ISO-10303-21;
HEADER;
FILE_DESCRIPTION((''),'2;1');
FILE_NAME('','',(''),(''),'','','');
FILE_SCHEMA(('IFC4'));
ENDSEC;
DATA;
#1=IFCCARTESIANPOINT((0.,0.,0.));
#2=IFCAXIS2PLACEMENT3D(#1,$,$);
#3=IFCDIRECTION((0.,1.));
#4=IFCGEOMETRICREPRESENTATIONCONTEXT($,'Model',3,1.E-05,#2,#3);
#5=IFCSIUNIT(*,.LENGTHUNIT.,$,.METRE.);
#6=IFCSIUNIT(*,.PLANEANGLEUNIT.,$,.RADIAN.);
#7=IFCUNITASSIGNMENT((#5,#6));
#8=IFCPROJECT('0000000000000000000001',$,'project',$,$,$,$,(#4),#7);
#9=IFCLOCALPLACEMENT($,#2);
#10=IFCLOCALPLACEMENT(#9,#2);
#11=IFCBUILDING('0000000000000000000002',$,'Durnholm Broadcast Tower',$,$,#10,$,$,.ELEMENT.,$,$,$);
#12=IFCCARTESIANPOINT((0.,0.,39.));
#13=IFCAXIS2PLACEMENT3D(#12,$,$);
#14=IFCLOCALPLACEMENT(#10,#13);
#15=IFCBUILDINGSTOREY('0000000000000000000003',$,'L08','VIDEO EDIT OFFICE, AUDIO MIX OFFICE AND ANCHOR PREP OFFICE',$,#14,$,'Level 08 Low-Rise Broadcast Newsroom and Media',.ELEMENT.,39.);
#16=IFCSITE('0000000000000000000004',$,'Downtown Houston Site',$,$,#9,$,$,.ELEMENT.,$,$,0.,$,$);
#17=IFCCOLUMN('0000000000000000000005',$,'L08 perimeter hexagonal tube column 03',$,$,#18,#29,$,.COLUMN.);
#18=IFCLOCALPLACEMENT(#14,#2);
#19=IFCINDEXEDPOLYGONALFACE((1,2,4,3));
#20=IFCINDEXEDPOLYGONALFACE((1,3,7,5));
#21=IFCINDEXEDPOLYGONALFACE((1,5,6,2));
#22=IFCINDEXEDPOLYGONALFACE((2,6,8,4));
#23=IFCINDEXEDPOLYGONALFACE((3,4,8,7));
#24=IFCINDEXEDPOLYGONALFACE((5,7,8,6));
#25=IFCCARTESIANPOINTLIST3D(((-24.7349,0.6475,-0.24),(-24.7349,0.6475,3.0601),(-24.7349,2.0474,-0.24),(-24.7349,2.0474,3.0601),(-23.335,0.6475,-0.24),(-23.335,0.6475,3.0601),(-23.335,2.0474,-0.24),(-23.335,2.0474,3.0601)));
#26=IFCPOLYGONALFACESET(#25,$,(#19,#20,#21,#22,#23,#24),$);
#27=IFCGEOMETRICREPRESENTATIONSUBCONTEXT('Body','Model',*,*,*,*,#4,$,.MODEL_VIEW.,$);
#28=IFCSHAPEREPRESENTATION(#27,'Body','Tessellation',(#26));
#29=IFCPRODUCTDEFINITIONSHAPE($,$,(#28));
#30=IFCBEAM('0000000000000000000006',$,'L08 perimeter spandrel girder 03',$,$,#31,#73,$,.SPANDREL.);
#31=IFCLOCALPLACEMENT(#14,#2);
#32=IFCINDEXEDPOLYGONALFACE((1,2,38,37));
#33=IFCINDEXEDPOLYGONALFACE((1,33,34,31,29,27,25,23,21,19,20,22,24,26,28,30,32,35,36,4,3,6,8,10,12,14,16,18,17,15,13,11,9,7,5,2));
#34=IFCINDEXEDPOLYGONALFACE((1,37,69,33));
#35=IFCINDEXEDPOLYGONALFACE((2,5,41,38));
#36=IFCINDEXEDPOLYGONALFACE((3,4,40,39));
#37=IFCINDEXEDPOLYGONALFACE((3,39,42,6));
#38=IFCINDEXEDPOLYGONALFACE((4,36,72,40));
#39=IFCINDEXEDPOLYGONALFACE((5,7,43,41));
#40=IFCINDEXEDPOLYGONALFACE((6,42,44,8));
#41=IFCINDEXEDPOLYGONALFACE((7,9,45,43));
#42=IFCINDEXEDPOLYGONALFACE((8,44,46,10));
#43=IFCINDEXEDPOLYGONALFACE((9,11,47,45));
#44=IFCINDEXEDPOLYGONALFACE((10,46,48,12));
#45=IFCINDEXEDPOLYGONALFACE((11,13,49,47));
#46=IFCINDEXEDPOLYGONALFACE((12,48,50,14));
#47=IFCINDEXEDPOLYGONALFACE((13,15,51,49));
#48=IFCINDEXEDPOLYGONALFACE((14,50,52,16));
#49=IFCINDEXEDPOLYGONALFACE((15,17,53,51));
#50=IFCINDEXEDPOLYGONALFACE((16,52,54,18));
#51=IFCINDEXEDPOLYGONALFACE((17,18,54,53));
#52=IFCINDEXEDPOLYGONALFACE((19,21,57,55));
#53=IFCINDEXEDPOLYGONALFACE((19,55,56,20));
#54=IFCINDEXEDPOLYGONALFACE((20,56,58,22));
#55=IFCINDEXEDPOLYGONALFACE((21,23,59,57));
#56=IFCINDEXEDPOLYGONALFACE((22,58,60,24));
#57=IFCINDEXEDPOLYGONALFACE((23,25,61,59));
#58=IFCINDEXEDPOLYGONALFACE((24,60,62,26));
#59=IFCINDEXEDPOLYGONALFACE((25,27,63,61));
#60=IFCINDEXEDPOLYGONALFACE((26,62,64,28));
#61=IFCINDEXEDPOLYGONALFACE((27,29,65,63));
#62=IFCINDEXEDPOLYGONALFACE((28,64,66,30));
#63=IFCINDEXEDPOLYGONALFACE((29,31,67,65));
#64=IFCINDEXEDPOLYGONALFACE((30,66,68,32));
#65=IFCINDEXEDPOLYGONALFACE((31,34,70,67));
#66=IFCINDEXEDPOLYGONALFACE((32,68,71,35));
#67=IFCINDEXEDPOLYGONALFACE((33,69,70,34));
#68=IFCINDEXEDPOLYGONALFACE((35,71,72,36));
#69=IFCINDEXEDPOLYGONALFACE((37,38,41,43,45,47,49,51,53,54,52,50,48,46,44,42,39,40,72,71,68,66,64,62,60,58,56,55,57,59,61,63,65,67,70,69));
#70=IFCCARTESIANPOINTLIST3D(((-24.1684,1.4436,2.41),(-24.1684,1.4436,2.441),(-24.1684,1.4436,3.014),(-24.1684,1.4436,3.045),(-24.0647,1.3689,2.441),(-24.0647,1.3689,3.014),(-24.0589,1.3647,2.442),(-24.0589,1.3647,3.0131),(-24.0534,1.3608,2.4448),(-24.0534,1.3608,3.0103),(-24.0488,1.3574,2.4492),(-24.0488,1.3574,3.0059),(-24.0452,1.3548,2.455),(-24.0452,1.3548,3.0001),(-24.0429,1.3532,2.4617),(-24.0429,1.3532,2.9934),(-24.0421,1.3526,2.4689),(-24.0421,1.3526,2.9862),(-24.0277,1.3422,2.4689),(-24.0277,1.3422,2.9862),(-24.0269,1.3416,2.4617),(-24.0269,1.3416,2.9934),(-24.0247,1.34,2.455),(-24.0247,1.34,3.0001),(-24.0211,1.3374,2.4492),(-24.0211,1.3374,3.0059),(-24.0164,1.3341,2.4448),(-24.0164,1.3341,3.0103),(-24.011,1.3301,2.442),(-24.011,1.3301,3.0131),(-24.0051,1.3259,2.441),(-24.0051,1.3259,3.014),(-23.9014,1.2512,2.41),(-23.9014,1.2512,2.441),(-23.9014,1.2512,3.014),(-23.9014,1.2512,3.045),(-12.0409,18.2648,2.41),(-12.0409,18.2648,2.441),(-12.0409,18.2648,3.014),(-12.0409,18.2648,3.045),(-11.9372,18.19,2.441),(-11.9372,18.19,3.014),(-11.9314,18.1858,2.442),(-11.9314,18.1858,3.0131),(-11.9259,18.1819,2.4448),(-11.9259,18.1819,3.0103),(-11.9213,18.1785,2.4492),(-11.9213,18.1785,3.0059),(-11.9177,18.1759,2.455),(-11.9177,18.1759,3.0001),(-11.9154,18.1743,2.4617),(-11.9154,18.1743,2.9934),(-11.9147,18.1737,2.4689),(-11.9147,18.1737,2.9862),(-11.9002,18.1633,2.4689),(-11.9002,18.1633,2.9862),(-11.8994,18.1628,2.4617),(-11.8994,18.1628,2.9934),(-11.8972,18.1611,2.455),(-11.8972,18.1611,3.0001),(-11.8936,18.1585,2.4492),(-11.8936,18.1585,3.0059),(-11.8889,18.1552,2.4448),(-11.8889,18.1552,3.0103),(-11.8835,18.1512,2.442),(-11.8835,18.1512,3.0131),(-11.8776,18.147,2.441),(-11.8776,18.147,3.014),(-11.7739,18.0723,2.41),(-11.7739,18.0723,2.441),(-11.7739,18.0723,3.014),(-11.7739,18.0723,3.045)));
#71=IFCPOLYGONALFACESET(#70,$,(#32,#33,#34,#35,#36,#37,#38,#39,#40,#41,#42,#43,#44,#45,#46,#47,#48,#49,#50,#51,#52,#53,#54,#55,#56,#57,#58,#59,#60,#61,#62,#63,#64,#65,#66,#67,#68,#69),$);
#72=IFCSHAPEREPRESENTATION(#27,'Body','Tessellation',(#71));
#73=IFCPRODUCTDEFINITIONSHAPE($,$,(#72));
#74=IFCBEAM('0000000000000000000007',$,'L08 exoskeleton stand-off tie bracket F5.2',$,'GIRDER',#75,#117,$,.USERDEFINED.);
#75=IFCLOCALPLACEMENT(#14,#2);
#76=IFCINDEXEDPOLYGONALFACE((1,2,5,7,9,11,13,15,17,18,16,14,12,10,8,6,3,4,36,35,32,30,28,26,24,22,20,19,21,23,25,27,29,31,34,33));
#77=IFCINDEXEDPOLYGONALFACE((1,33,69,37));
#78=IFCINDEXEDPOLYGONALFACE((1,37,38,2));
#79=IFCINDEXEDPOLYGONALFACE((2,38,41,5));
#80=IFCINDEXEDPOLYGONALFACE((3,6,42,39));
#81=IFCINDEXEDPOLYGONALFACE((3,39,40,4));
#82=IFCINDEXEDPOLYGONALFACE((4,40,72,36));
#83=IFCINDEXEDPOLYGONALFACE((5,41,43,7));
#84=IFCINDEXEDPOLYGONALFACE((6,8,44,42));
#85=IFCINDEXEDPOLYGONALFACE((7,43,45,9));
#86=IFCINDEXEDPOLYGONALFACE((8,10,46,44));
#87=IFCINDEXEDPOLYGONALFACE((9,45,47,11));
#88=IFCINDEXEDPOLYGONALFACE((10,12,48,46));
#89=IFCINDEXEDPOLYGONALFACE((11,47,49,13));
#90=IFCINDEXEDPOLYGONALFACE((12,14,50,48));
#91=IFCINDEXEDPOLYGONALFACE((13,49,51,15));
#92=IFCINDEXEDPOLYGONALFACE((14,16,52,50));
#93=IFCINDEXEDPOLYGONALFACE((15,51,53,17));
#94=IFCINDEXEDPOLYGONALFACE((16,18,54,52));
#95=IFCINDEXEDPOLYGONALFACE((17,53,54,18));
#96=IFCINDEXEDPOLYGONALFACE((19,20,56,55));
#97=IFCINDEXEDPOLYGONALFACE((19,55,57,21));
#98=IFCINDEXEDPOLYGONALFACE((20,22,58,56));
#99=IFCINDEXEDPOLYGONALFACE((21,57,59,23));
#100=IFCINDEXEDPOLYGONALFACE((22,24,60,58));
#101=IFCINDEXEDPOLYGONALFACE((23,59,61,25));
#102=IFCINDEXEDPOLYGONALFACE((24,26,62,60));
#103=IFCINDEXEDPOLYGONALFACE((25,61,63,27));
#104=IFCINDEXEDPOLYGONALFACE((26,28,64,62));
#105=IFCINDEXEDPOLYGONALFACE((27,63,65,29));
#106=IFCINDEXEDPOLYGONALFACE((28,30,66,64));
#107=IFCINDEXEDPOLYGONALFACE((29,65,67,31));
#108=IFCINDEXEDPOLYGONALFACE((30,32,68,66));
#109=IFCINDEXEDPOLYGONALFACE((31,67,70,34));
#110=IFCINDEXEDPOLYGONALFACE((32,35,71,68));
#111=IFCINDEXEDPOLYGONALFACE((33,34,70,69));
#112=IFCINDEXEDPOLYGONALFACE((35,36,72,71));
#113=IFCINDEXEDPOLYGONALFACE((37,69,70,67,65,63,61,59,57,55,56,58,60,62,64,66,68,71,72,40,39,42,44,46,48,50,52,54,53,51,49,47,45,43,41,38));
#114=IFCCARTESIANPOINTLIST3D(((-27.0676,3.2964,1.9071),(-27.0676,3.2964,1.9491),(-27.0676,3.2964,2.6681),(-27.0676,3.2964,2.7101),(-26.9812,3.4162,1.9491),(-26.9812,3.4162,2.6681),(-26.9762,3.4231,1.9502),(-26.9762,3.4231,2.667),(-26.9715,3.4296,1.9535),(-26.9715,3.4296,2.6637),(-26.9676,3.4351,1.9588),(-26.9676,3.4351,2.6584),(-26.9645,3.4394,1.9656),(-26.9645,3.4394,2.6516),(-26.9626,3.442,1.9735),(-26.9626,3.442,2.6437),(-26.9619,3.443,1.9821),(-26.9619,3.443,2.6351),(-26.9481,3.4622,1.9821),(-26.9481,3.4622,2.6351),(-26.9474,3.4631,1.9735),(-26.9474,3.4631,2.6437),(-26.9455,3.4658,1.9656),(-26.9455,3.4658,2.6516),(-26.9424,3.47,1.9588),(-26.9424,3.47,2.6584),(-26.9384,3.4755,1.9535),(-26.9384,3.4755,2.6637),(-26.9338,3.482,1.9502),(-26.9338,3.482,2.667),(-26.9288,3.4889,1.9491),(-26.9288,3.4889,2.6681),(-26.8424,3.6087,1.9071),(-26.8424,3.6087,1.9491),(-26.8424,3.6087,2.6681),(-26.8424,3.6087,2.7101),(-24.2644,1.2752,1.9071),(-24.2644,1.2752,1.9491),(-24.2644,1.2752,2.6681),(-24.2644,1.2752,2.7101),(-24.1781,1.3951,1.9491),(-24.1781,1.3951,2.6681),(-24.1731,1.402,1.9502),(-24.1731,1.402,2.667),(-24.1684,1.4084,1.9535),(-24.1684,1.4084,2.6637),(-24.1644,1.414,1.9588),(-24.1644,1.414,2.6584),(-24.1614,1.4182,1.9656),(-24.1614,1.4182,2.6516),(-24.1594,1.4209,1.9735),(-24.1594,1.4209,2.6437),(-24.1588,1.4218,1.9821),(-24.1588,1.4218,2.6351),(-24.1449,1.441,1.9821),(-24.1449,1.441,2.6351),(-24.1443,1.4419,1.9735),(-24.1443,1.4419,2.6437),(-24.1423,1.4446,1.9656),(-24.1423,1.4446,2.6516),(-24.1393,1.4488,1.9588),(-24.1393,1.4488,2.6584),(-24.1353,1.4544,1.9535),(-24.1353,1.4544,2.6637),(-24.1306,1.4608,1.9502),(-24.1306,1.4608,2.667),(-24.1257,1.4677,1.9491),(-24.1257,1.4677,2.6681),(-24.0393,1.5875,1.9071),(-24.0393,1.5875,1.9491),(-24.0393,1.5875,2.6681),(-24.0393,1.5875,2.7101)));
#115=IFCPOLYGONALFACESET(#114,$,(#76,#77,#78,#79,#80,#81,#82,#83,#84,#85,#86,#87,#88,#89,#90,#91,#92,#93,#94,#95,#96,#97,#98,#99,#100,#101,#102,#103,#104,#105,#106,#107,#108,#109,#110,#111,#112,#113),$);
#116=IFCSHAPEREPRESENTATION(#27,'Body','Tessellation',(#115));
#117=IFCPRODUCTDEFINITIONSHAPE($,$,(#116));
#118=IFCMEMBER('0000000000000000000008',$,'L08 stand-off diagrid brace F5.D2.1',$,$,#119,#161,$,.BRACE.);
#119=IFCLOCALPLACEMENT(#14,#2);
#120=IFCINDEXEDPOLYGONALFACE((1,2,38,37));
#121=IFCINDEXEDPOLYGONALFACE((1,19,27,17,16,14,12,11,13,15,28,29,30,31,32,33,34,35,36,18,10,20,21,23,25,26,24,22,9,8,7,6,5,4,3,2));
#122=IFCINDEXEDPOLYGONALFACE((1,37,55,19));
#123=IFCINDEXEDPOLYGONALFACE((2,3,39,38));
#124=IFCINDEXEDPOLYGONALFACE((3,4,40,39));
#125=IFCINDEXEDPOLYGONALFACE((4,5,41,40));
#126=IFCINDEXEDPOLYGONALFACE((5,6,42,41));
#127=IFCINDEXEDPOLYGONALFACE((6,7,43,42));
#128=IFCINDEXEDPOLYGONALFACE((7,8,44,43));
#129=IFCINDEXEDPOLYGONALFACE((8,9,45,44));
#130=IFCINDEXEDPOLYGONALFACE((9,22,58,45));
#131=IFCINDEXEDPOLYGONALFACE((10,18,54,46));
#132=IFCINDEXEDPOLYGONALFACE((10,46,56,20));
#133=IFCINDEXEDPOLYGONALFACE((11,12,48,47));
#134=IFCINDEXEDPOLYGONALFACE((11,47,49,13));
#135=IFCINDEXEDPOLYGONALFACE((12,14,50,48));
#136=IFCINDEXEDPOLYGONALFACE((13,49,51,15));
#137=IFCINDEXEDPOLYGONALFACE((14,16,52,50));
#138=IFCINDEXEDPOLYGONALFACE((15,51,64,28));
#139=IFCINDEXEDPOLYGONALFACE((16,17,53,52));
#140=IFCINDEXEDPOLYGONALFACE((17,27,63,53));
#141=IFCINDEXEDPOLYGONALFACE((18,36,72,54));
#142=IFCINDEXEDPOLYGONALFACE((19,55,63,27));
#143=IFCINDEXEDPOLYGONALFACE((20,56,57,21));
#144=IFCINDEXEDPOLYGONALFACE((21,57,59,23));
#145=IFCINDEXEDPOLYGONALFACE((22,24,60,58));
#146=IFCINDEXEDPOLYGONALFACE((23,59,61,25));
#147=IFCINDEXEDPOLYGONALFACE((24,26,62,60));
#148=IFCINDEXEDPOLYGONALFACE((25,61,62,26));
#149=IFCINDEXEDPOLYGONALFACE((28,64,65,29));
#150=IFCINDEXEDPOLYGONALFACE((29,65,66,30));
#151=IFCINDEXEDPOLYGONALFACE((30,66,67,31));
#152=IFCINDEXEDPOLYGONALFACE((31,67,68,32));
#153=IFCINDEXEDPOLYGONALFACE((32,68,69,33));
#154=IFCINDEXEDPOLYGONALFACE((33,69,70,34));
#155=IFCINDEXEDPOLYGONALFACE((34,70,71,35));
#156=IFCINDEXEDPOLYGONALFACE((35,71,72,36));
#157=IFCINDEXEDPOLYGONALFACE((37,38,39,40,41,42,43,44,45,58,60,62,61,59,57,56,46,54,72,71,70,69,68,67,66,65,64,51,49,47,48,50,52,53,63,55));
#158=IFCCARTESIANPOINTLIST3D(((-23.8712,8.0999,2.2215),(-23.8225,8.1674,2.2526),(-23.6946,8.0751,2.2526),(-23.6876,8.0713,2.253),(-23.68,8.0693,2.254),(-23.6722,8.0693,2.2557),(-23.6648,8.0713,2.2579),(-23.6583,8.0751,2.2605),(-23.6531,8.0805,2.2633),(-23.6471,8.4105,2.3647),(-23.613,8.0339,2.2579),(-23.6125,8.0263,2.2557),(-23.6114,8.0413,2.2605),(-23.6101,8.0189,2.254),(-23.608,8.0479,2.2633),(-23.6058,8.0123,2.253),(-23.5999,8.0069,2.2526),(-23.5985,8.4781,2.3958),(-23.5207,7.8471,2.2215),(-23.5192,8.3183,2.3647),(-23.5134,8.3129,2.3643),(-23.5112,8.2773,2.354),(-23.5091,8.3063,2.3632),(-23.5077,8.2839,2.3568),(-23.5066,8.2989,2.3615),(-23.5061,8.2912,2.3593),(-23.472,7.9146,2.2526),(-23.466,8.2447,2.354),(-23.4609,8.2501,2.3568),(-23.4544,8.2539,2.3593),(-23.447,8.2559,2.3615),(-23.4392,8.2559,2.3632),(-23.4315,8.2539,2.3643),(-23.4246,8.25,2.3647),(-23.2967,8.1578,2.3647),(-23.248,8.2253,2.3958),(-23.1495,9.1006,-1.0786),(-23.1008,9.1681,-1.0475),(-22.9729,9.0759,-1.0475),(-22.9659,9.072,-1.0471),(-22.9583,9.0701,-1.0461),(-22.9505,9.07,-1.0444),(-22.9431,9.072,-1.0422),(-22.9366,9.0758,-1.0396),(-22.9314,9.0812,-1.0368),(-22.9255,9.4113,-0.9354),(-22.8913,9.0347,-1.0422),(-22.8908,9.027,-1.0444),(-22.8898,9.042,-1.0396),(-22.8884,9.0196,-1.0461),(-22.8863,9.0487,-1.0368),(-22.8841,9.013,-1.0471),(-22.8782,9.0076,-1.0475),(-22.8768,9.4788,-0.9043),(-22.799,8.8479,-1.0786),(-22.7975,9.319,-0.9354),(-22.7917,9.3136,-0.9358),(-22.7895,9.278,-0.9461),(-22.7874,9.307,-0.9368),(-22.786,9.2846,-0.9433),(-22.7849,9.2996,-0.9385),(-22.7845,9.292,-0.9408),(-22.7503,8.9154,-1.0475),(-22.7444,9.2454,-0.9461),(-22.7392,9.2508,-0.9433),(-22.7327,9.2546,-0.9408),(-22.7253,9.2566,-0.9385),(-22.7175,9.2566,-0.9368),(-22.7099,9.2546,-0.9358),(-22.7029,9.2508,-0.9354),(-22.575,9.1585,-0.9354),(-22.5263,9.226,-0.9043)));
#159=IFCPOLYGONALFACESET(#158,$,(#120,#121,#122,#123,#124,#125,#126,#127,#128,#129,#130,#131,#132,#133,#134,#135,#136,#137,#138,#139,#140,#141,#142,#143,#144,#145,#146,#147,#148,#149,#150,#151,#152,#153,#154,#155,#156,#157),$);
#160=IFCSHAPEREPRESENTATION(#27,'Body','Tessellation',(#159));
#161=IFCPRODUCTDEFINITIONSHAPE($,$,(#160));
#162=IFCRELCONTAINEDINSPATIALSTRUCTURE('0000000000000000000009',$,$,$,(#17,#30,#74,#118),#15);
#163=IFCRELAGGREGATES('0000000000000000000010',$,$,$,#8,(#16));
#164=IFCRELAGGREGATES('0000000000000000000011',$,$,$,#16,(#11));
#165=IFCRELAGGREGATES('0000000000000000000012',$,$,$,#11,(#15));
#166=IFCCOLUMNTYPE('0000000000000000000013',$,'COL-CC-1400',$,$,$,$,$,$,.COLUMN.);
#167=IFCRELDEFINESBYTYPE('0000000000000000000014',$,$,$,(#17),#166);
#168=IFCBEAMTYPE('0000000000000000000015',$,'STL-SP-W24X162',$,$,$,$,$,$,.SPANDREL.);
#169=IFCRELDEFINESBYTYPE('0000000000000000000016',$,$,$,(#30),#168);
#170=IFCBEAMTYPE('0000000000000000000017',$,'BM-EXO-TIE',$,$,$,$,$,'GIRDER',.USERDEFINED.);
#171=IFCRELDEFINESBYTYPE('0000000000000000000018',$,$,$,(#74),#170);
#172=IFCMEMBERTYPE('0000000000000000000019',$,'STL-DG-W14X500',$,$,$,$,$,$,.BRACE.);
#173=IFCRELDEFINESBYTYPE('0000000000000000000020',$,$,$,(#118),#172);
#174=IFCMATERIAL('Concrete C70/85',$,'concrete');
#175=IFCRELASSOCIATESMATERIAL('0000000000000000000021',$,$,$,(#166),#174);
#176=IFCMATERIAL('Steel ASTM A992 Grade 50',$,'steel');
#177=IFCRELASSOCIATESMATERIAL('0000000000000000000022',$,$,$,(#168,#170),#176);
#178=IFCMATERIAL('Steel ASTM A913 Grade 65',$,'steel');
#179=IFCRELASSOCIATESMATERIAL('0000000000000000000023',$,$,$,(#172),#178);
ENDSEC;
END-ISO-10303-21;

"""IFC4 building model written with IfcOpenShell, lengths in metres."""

from ifc_helpers import new_model, si_unit, direction, frame, origin, origin_2d, place, context, subcontext, project, spatial, rectangle, i_section, extrude, source, transform, mapped, material, material_profile, profile_set, type_object, type_shapes, element, save


model = new_model("IFC4")

# Units and contexts
model_context = context("Model", 3, precision=1e-05, world=origin(), true_north=direction((0.0, 1.0)))
body_context = subcontext(model_context, "Body", "Model", "MODEL_VIEW")
ifc_project = project(units=[si_unit("LENGTHUNIT", "METRE"), si_unit("PLANEANGLEUNIT", "RADIAN")], contexts=[model_context])

# Site, building, storey
site_placement = place(None, origin())
site = spatial("IfcSite", under=ifc_project, at=site_placement, Name="Downtown Houston Site", CompositionType="ELEMENT", RefElevation=0.0)
building_placement = place(site_placement, origin())
building = spatial("IfcBuilding", under=site, at=building_placement, Name="Durnholm Broadcast Tower", CompositionType="ELEMENT")
storey_placement = place(building_placement, frame((0.0, 0.0, 39.0)))
storey = spatial("IfcBuildingStorey", under=building, at=storey_placement, Name="L08", Description="VIDEO EDIT OFFICE, AUDIO MIX OFFICE AND ANCHOR PREP OFFICE", LongName="Level 08 Low-Rise Broadcast Newsroom and Media", CompositionType="ELEMENT", Elevation=39.0)

# Column
ifc_material_1 = material(Name="Concrete C70/85", Category="concrete")
ifc_material_profile_1 = material_profile(ifc_material_1, rectangle(XDim=1.3999, YDim=1.3999, at=origin_2d()), Name="RC1400X1400")
ifc_profile_set_1 = profile_set([ifc_material_profile_1], Name="Concrete C70/85")
column_type = type_object("IfcColumnType", Name="COL-CC-1400", PredefinedType="COLUMN", material=ifc_profile_set_1)
shared_shape_1 = source(origin(), body_context, "Body", "SweptSolid", [
    extrude(rectangle(XDim=1.3999, YDim=1.3999, at=origin_2d()), origin(), (0.0, 0.0, 1.0), 3.3),
])
type_shapes(column_type, [shared_shape_1])
column_placement = place(storey_placement, frame((-24.0349, 1.3474, -0.24), z_axis=(0.0, 0.0, 1.0), x_axis=(1.0, 0.0, 0.0)))
element("IfcColumn", 1, at=column_placement, inside=storey, type_object=column_type, Name="L08 perimeter hexagonal tube column 03", PredefinedType="COLUMN", context=body_context, shape_type="MappedRepresentation", body=[
    mapped(shared_shape_1, transform((0.0, 0.0, 0.0), x_axis=(1.0, 0.0, 0.0), y_axis=(0.0, 1.0, 0.0), z_axis=(0.0, 0.0, 1.0), scale=1.0)),
])

# Beams
ifc_material_2 = material(Name="Steel ASTM A992 Grade 50", Category="steel")
ifc_material_profile_2 = material_profile(ifc_material_2, i_section(OverallWidth=0.3291, OverallDepth=0.635, WebThickness=0.0178, FlangeThickness=0.031, FilletRadius=0.0278, at=origin_2d()), Name="W24X162")
ifc_profile_set_2 = profile_set([ifc_material_profile_2], Name="Steel ASTM A992 Grade 50")
beam_type_1 = type_object("IfcBeamType", Name="STL-SP-W24X162", PredefinedType="SPANDREL", material=ifc_profile_set_2)
shared_shape_2 = source(origin(), body_context, "Body", "SweptSolid", [
    extrude(i_section(OverallWidth=0.3291, OverallDepth=0.635, WebThickness=0.0178, FlangeThickness=0.031, FilletRadius=0.0278, at=origin_2d()), origin(), (0.0, 0.0, 1.0), 20.7371),
])
type_shapes(beam_type_1, [shared_shape_2])
beam_1_placement = place(storey_placement, frame((-24.0349, 1.3474, 2.7275), z_axis=(0.584822, 0.811162, 0.0), x_axis=(-0.811162, 0.584822, 0.0)))
element("IfcBeam", 2, at=beam_1_placement, inside=storey, type_object=beam_type_1, Name="L08 perimeter spandrel girder 03", PredefinedType="SPANDREL", context=body_context, shape_type="MappedRepresentation", body=[
    mapped(shared_shape_2, transform((0.0, 0.0, 0.0), x_axis=(1.0, 0.0, 0.0), y_axis=(0.0, 1.0, 0.0), z_axis=(0.0, 0.0, 1.0), scale=1.0)),
])
ifc_material_profile_3 = material_profile(ifc_material_2, i_section(OverallWidth=0.385, OverallDepth=0.803, WebThickness=0.0237, FlangeThickness=0.042, FilletRadius=0.033, at=origin_2d()), Name="W30X261")
ifc_profile_set_3 = profile_set([ifc_material_profile_3], Name="Steel ASTM A992 Grade 50")
beam_type_2 = type_object("IfcBeamType", Name="BM-EXO-TIE", ElementType="GIRDER", PredefinedType="USERDEFINED", material=ifc_profile_set_3)
shared_shape_3 = source(origin(), body_context, "Body", "SweptSolid", [
    extrude(i_section(OverallWidth=0.385, OverallDepth=0.803, WebThickness=0.0237, FlangeThickness=0.042, FilletRadius=0.033, at=origin_2d()), origin(), (0.0, 0.0, 1.0), 3.4558),
])
type_shapes(beam_type_2, [shared_shape_3])
beam_2_placement = place(storey_placement, frame((-24.1519, 1.4314, 2.3086), z_axis=(-0.811134, 0.584861, 0.0), x_axis=(-0.584861, -0.811134, 0.0)))
element("IfcBeam", 3, at=beam_2_placement, inside=storey, type_object=beam_type_2, Name="L08 exoskeleton stand-off tie bracket F5.2", ObjectType="GIRDER", PredefinedType="USERDEFINED", context=body_context, shape_type="MappedRepresentation", body=[
    mapped(shared_shape_3, transform((0.0, 0.0, 0.0), x_axis=(1.0, 0.0, 0.0), y_axis=(0.0, 1.0, 0.0), z_axis=(0.0, 0.0, 1.0), scale=1.0)),
])

# Member
ifc_material_3 = material(Name="Steel ASTM A913 Grade 65", Category="steel")
ifc_material_profile_4 = material_profile(ifc_material_3, i_section(OverallWidth=0.4321, OverallDepth=0.4978, WebThickness=0.0557, FlangeThickness=0.0889, FilletRadius=0.0305, at=origin_2d()), Name="W14X500")
ifc_profile_set_4 = profile_set([ifc_material_profile_4], Name="Steel ASTM A913 Grade 65")
member_type_1 = type_object("IfcMemberType", Name="STL-DG-W14X500", PredefinedType="BRACE", material=ifc_profile_set_4)
shared_shape_4 = source(origin(), body_context, "Body", "SweptSolid", [
    extrude(i_section(OverallWidth=0.4321, OverallDepth=0.4978, WebThickness=0.0557, FlangeThickness=0.0889, FilletRadius=0.0305, at=origin_2d()), origin(), (0.0, 0.0, 1.0), 3.5232),
])
type_shapes(member_type_1, [shared_shape_4])
for number, where, z_axis, x_axis, name in (
    (4, (-22.8379, 9.1633, -0.9915), (-0.204839, -0.284045, 0.936675), (0.811091, -0.58492, 0.0), "L08 stand-off diagrid brace F5.D2.1"),
):
    element("IfcMember", number, at=place(storey_placement, frame(where, z_axis=z_axis, x_axis=x_axis)), inside=storey, type_object=member_type_1, Name=name, PredefinedType="BRACE", context=body_context, shape_type="MappedRepresentation", body=[
        mapped(shared_shape_4, transform((0.0, 0.0, 0.0), x_axis=(1.0, 0.0, 0.0), y_axis=(0.0, 1.0, 0.0), z_axis=(0.0, 0.0, 1.0), scale=1.0)),
    ])

save(model, "model.ifc")
